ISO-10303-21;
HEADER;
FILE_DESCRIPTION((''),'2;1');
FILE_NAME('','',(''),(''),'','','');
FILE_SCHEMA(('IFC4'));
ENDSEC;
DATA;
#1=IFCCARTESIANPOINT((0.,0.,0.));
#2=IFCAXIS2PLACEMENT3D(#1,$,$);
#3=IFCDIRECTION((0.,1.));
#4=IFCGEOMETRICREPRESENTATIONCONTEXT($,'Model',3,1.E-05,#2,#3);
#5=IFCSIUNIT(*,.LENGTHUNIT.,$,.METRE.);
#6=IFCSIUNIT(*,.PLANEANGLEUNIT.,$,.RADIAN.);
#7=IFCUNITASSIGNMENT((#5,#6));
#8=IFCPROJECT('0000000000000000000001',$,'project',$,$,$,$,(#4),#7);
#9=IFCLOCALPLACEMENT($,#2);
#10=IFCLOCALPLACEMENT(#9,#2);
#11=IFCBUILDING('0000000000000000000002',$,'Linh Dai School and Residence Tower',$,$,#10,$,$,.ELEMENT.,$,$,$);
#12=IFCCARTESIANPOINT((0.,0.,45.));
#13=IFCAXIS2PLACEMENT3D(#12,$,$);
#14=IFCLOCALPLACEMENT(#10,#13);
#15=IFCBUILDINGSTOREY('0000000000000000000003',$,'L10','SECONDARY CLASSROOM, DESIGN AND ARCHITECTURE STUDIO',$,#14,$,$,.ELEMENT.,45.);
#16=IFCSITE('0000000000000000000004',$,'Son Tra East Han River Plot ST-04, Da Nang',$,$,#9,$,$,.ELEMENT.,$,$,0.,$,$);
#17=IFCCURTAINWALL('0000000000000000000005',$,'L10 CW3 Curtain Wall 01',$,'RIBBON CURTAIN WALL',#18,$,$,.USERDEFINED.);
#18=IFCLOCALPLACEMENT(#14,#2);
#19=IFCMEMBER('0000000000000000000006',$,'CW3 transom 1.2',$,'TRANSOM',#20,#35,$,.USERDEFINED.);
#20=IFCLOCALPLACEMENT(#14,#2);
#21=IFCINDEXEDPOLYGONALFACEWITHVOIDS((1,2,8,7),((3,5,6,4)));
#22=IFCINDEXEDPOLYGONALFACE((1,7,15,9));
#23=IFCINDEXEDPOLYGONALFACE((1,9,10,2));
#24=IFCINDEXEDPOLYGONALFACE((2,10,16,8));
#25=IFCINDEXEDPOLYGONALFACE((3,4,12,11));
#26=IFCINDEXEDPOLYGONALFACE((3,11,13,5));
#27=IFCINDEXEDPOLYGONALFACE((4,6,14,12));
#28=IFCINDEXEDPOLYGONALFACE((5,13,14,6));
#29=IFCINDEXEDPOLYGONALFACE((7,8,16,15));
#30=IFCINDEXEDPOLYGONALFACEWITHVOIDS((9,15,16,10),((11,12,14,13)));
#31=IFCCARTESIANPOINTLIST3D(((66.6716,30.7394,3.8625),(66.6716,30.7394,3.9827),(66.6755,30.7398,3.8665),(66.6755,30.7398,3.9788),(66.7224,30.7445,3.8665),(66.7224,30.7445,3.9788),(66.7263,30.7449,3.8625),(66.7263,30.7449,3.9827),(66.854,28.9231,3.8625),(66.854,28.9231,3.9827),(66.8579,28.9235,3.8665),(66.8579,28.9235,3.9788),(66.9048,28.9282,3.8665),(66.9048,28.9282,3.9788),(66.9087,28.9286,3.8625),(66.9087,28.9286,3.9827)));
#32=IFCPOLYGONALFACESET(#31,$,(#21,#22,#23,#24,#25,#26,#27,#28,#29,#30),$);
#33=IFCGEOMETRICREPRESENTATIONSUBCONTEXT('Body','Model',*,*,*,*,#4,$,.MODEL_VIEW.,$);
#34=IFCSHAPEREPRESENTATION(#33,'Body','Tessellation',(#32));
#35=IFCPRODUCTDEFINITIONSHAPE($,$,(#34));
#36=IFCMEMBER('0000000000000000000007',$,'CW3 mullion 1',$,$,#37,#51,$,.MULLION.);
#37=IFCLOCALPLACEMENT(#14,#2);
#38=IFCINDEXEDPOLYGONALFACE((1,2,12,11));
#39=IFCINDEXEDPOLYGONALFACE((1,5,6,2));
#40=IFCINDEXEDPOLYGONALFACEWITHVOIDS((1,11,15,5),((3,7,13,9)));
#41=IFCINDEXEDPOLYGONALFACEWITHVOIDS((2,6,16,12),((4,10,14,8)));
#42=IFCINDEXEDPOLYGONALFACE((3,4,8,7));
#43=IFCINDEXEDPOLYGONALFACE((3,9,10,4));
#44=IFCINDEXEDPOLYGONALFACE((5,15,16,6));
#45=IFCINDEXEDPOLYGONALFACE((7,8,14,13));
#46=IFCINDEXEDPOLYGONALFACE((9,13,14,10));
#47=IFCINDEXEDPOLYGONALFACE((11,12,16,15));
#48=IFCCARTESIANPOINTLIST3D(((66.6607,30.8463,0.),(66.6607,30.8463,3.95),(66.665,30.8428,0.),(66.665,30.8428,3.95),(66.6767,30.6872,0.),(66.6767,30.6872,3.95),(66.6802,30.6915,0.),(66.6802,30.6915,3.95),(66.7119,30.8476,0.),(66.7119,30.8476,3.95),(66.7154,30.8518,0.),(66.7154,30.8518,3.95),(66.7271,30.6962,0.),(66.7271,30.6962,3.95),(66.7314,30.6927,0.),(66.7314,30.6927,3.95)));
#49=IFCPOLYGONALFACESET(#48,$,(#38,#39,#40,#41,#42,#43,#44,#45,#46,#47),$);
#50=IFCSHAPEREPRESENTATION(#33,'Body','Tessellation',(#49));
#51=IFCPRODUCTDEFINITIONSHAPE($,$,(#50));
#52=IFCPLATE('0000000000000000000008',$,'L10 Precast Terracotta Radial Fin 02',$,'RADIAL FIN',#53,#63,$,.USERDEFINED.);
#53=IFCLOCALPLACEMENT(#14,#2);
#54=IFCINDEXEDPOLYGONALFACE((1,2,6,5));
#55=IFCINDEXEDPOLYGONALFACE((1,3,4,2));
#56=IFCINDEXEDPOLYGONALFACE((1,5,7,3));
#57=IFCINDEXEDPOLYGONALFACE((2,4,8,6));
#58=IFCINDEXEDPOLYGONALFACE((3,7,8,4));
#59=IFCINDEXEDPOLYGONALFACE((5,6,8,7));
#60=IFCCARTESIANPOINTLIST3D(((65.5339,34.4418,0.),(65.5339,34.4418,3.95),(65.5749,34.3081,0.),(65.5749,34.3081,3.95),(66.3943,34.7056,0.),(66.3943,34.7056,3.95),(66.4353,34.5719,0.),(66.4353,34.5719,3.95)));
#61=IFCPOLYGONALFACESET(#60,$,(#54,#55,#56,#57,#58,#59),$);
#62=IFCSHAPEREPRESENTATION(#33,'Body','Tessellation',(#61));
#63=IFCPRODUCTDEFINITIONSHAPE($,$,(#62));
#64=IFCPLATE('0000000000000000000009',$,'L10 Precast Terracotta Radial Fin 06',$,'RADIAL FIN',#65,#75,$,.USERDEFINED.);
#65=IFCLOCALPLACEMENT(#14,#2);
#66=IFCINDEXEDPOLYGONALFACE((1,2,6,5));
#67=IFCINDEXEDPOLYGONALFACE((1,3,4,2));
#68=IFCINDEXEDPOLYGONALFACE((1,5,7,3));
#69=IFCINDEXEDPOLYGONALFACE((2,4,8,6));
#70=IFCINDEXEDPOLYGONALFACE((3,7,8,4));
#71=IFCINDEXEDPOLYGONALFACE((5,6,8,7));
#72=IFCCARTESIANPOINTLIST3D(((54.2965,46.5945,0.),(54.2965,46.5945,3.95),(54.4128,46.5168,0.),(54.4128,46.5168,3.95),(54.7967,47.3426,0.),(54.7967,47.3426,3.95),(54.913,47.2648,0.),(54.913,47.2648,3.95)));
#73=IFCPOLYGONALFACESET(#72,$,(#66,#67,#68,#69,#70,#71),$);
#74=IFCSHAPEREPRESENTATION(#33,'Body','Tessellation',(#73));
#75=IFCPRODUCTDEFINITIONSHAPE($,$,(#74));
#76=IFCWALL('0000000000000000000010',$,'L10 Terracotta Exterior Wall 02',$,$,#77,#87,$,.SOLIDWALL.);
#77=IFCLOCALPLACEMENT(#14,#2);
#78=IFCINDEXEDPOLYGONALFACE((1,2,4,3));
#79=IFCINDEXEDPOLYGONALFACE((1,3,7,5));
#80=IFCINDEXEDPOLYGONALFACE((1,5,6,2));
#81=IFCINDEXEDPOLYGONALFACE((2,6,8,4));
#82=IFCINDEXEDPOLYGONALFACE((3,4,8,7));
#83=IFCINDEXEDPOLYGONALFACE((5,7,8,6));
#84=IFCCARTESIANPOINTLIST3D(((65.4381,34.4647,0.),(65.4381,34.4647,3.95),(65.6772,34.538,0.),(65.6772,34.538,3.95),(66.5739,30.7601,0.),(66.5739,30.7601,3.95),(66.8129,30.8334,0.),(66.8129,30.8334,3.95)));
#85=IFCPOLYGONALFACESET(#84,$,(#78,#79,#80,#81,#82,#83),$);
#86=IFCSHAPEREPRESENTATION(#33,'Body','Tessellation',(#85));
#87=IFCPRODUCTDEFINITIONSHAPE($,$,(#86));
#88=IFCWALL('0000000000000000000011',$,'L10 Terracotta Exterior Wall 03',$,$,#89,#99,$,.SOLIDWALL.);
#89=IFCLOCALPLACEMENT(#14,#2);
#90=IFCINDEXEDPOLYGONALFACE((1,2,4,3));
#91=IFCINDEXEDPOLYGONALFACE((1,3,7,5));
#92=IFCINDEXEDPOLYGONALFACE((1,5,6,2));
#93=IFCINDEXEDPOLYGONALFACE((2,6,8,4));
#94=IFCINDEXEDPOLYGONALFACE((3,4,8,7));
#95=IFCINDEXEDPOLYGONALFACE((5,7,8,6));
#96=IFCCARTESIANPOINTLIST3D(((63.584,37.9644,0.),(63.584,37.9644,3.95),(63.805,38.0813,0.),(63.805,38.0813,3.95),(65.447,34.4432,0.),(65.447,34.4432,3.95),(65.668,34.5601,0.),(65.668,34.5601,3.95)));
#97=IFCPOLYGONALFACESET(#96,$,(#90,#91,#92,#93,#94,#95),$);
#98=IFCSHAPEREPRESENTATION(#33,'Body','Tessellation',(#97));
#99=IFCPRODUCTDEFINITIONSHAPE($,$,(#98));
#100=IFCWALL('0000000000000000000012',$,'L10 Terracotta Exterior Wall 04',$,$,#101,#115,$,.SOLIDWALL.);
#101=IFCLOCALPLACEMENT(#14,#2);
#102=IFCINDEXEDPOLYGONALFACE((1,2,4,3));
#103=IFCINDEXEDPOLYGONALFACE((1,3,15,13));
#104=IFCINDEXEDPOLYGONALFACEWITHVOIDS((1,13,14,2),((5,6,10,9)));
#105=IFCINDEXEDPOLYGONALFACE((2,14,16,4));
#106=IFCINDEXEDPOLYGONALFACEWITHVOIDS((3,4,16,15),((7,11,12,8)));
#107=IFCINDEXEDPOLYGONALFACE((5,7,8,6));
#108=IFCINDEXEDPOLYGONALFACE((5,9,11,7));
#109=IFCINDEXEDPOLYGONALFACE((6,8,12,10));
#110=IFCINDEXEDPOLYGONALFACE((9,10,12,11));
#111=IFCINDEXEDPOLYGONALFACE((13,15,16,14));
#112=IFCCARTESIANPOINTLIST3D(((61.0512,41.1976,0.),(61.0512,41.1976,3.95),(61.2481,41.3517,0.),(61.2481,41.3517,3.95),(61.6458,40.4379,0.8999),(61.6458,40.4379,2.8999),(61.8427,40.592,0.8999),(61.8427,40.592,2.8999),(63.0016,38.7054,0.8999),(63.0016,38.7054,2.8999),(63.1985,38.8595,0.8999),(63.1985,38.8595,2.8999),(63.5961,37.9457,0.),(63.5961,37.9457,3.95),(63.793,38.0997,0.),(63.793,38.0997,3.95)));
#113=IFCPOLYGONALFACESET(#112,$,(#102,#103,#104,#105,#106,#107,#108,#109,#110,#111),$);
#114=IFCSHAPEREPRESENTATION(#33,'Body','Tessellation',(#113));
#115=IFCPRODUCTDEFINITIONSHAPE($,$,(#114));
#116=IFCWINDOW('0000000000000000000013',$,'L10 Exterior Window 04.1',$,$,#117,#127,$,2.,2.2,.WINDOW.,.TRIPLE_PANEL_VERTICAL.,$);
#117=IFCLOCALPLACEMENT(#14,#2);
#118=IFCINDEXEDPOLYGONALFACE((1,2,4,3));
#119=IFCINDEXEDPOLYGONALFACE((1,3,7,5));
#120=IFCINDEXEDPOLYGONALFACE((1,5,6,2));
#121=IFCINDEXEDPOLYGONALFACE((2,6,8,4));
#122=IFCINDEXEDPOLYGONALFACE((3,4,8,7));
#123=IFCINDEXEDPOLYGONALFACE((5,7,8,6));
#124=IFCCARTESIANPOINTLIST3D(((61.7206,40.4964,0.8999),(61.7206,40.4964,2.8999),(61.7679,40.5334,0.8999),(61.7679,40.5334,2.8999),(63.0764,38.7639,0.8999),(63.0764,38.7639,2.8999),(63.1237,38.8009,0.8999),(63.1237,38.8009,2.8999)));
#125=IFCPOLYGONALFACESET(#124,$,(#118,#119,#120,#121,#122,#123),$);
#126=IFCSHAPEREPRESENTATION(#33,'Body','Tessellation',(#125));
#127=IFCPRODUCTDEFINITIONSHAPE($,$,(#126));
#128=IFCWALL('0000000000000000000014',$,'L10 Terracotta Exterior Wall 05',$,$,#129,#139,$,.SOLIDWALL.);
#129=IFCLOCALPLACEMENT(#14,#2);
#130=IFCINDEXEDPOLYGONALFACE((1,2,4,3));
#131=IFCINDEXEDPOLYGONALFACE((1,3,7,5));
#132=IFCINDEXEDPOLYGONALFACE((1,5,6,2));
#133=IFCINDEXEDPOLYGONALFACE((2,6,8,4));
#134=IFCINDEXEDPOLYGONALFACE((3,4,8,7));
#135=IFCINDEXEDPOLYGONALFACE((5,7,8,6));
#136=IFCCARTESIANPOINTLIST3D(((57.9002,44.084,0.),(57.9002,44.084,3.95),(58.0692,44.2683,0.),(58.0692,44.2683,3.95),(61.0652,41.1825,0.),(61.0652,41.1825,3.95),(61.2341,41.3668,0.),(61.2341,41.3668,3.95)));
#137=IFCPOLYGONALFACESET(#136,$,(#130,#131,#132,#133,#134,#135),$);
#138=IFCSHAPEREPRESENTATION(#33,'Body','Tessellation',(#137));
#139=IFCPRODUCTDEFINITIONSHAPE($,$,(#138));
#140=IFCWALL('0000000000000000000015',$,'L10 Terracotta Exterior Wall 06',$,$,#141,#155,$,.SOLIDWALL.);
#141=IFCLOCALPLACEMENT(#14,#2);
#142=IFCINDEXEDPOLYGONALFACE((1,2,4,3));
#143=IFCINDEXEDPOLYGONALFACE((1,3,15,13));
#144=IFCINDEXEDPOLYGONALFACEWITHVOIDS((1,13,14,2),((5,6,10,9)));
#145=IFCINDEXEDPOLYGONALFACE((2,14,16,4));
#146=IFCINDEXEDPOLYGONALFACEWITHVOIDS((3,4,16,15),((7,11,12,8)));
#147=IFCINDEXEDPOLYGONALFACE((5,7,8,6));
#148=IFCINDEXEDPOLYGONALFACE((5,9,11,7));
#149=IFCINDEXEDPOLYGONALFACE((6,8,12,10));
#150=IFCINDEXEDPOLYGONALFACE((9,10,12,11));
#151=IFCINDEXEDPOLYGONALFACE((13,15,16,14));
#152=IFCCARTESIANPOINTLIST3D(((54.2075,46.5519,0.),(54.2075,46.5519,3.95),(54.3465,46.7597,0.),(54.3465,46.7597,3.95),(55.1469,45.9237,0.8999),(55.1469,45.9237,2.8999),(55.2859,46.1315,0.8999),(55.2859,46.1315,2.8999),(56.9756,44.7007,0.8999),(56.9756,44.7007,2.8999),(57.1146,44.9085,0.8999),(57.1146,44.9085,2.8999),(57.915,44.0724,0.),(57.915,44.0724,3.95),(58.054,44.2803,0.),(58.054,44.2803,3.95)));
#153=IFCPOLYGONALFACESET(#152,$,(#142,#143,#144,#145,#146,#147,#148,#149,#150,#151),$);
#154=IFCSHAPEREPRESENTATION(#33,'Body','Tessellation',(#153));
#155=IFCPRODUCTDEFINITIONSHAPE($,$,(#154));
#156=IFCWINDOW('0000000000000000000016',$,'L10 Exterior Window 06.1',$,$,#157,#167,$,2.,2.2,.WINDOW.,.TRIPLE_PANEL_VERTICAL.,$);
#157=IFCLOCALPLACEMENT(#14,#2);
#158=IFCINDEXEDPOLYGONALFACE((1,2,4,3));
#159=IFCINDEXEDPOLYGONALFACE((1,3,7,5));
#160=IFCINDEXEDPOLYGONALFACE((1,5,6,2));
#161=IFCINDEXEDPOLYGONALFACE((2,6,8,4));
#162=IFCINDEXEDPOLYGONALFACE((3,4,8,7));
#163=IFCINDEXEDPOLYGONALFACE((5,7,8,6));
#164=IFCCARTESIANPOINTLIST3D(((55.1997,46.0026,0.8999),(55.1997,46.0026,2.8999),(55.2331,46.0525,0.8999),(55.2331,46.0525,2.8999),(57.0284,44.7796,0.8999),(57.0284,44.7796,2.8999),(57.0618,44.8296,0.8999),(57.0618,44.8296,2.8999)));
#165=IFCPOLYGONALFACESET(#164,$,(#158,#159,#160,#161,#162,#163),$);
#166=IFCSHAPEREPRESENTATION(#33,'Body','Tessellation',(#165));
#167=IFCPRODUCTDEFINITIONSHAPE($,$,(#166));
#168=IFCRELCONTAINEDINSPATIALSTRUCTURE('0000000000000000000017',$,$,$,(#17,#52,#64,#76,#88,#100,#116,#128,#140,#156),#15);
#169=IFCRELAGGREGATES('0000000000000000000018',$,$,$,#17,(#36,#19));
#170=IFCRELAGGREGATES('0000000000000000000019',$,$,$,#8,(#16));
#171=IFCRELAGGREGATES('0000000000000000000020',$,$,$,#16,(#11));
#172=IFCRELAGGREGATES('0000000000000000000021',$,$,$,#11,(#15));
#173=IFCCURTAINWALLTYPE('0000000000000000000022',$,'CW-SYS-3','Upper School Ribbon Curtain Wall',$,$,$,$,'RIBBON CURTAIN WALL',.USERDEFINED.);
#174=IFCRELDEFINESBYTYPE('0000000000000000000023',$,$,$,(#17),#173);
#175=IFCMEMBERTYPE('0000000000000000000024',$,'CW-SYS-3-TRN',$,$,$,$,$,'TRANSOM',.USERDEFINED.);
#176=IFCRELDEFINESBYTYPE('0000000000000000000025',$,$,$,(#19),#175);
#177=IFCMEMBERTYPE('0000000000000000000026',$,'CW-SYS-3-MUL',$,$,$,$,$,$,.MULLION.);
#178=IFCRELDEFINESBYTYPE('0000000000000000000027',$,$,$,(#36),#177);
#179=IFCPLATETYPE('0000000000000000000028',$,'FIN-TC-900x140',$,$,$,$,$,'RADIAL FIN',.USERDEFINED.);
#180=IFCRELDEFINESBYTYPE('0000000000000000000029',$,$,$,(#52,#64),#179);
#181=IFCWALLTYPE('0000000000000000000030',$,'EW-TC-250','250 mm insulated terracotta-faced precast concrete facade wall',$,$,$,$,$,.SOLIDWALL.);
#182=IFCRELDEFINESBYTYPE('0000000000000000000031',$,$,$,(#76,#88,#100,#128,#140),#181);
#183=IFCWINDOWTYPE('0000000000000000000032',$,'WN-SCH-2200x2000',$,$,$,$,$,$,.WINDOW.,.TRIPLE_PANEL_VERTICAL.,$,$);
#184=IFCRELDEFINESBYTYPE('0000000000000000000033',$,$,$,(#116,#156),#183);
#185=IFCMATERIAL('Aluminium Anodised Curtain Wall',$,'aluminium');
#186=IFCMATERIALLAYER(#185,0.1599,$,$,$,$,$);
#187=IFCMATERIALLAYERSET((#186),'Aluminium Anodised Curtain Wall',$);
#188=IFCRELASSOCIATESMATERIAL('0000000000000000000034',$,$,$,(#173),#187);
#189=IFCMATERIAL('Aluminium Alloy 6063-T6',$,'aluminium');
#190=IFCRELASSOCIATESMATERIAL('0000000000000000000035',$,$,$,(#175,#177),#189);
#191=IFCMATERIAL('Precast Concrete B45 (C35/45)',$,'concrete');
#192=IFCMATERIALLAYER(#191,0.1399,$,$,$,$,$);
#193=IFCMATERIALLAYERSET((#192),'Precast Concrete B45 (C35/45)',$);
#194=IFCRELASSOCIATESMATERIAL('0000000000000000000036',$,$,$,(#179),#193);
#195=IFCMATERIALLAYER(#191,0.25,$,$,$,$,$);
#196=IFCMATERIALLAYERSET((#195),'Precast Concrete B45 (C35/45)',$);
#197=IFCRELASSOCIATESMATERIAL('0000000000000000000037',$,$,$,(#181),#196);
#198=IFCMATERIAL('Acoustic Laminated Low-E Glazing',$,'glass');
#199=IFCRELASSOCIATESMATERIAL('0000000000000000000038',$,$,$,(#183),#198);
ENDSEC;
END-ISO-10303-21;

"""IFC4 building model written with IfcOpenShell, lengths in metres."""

from ifc_helpers import new_model, si_unit, direction, frame, frame_2d, origin, origin_2d, place, context, subcontext, project, spatial, rectangle, hollow_rectangle, extrude, source, transform, mapped, material, layer, layer_set, material_profile, profile_set, type_object, element, fill, aggregate, save


model = new_model("IFC4")

# Units and contexts
model_context = context("Model", 3, precision=1e-05, world=origin(), true_north=direction((0.0, 1.0)))
body_context = subcontext(model_context, "Body", "Model", "MODEL_VIEW")
ifc_project = project(units=[si_unit("LENGTHUNIT", "METRE"), si_unit("PLANEANGLEUNIT", "RADIAN")], contexts=[model_context])

# Site, building, storey
site_placement = place(None, origin())
site = spatial("IfcSite", under=ifc_project, at=site_placement, Name="Son Tra East Han River Plot ST-04, Da Nang", CompositionType="ELEMENT", RefElevation=0.0)
building_placement = place(site_placement, origin())
building = spatial("IfcBuilding", under=site, at=building_placement, Name="Linh Dai School and Residence Tower", CompositionType="ELEMENT")
storey_placement = place(building_placement, frame((0.0, 0.0, 45.0)))
storey = spatial("IfcBuildingStorey", under=building, at=storey_placement, Name="L10", Description="SECONDARY CLASSROOM, DESIGN AND ARCHITECTURE STUDIO", CompositionType="ELEMENT", Elevation=45.0)

# Curtain wall, members
ifc_material_1 = material(Name="Aluminium Anodised Curtain Wall", Category="aluminium")
ifc_layer_1 = layer(ifc_material_1, 0.1599)
ifc_layer_set_1 = layer_set([ifc_layer_1], Name="Aluminium Anodised Curtain Wall")
curtain_wall_type = type_object("IfcCurtainWallType", Name="CW-SYS-3", Description="Upper School Ribbon Curtain Wall", ElementType="RIBBON CURTAIN WALL", PredefinedType="USERDEFINED", material=ifc_layer_set_1)
curtain_wall_placement = place(storey_placement, origin())
curtain_wall = element("IfcCurtainWall", 1, at=curtain_wall_placement, inside=storey, type_object=curtain_wall_type, Name="L10 CW3 Curtain Wall 01", ObjectType="RIBBON CURTAIN WALL", PredefinedType="USERDEFINED")
ifc_material_2 = material(Name="Aluminium Alloy 6063-T6", Category="aluminium")
ifc_material_profile_1 = material_profile(ifc_material_2, hollow_rectangle(XDim=0.0549, YDim=0.1201, WallThickness=0.0039, at=origin_2d()), Name="RHS 120x55x4")
ifc_profile_set_1 = profile_set([ifc_material_profile_1], Name="Aluminium Alloy 6063-T6")
member_type_1 = type_object("IfcMemberType", Name="CW-SYS-3-TRN", ElementType="TRANSOM", PredefinedType="USERDEFINED", material=ifc_profile_set_1)
shared_shape_1 = source(origin(), body_context, "Body", "SweptSolid", [
    extrude(hollow_rectangle(XDim=0.0549, YDim=0.1201, WallThickness=0.0039, at=origin_2d()), origin(), (0.0, 0.0, 1.0), 1.8254),
])
member_1_placement = place(storey_placement, frame((66.699, 30.7422, 3.9226), z_axis=(0.099901, -0.994997, 0.0), x_axis=(0.994997, 0.099901, 0.0)))
member_1 = element("IfcMember", 2, at=member_1_placement, type_object=member_type_1, Name="CW3 transom 1.2", ObjectType="TRANSOM", PredefinedType="USERDEFINED", context=body_context, shape_type="MappedRepresentation", body=[
    mapped(shared_shape_1, transform((0.0, 0.0, 0.0), x_axis=(1.0, 0.0, 0.0), y_axis=(0.0, 1.0, 0.0), z_axis=(0.0, 0.0, 1.0), scale=1.0)),
])
ifc_material_profile_2 = material_profile(ifc_material_2, hollow_rectangle(XDim=0.0549, YDim=0.1599, WallThickness=0.0039, at=origin_2d()), Name="RHS 160x55x4")
ifc_profile_set_2 = profile_set([ifc_material_profile_2], Name="Aluminium Alloy 6063-T6")
member_type_2 = type_object("IfcMemberType", Name="CW-SYS-3-MUL", PredefinedType="MULLION", material=ifc_profile_set_2)
shared_shape_2 = source(origin(), body_context, "Body", "SweptSolid", [
    extrude(hollow_rectangle(XDim=0.0549, YDim=0.1599, WallThickness=0.0039, at=origin_2d()), origin(), (0.0, 0.0, 1.0), 3.95),
])
member_2_placement = place(storey_placement, frame((66.696, 30.7695, 0.0), z_axis=(0.0, 0.0, 1.0), x_axis=(0.994986, 0.100009, 0.0)))
member_2 = element("IfcMember", 3, at=member_2_placement, type_object=member_type_2, Name="CW3 mullion 1", PredefinedType="MULLION", context=body_context, shape_type="MappedRepresentation", body=[
    mapped(shared_shape_2, transform((0.0, 0.0, 0.0), x_axis=(1.0, 0.0, 0.0), y_axis=(0.0, 1.0, 0.0), z_axis=(0.0, 0.0, 1.0), scale=1.0)),
])
aggregate(curtain_wall, [member_2, member_1])

# Plates
ifc_material_3 = material(Name="Precast Concrete B45 (C35/45)", Category="concrete")
ifc_layer_2 = layer(ifc_material_3, 0.1399)
ifc_layer_set_2 = layer_set([ifc_layer_2], Name="Precast Concrete B45 (C35/45)")
plate_type = type_object("IfcPlateType", Name="FIN-TC-900x140", ElementType="RADIAL FIN", PredefinedType="USERDEFINED", material=ifc_layer_set_2)
shared_shape_3 = source(origin(), body_context, "Body", "SweptSolid", [
    extrude(rectangle(XDim=0.8999, YDim=0.1399, at=origin_2d()), origin(), (0.0, 0.0, 1.0), 3.95),
])
for number, where, z_axis, x_axis, name in (
    (4, (65.9846, 34.5068, 0.0), (0.0, 0.0, 1.0), (0.956068, 0.293146, 0.0), "L10 Precast Terracotta Radial Fin 02"),
    (5, (54.6047, 46.9297, 0.0), (0.0, 0.0, 1.0), (0.555898, 0.831251, 0.0), "L10 Precast Terracotta Radial Fin 06"),
):
    element("IfcPlate", number, at=place(storey_placement, frame(where, z_axis=z_axis, x_axis=x_axis)), inside=storey, type_object=plate_type, Name=name, ObjectType="RADIAL FIN", PredefinedType="USERDEFINED", context=body_context, shape_type="MappedRepresentation", body=[
        mapped(shared_shape_3, transform((0.0, 0.0, 0.0), x_axis=(1.0, 0.0, 0.0), y_axis=(0.0, 1.0, 0.0), z_axis=(0.0, 0.0, 1.0), scale=1.0)),
    ])

# Walls
ifc_layer_3 = layer(ifc_material_3, 0.25)
ifc_layer_set_3 = layer_set([ifc_layer_3], Name="Precast Concrete B45 (C35/45)")
wall_type_1 = type_object("IfcWallType", Name="EW-TC-250", Description="250 mm insulated terracotta-faced precast concrete facade wall", PredefinedType="SOLIDWALL", material=ifc_layer_set_3)
wall_1_placement = place(storey_placement, frame((65.5576, 34.5015, 0.0), z_axis=(0.0, 0.0, 1.0), x_axis=(0.293112, -0.956078, 0.0)))
element("IfcWall", 6, at=wall_1_placement, inside=storey, type_object=wall_type_1, Name="L10 Terracotta Exterior Wall 02", PredefinedType="SOLIDWALL", context=body_context, shape_type="SweptSolid", body=[
    extrude(rectangle(XDim=3.8748, YDim=0.25, at=frame_2d((1.9375, 0.0))), origin(), (0.0, 0.0, 1.0), 3.95),
])
wall_2_placement = place(storey_placement, frame((63.6946, 38.0227, 0.0), z_axis=(0.0, 0.0, 1.0), x_axis=(0.467662, -0.883907, 0.0)))
element("IfcWall", 7, at=wall_2_placement, inside=storey, type_object=wall_type_1, Name="L10 Terracotta Exterior Wall 03", PredefinedType="SOLIDWALL", context=body_context, shape_type="SweptSolid", body=[
    extrude(rectangle(XDim=3.9836, YDim=0.25, at=frame_2d((1.9917, 0.0))), origin(), (0.0, 0.0, 1.0), 3.95),
])

# Wall, opening, window
wall_3_placement = place(storey_placement, frame((61.1497, 41.2747, 0.0), z_axis=(0.0, 0.0, 1.0), x_axis=(0.616296, -0.787515, 0.0)))
wall_3 = element("IfcWall", 8, at=wall_3_placement, inside=storey, type_object=wall_type_1, Name="L10 Terracotta Exterior Wall 04", PredefinedType="SOLIDWALL", context=body_context, shape_type="SweptSolid", body=[
    extrude(rectangle(XDim=4.1294, YDim=0.25, at=frame_2d((2.0647, 0.0))), origin(), (0.0, 0.0, 1.0), 3.95),
])
opening_1_placement = place(wall_3_placement, frame((0.9646, 0.0, 0.8999)))
opening_1 = element("IfcOpeningElement", 9, at=opening_1_placement, cuts=wall_3, PredefinedType="OPENING", context=body_context, shape_type="SweptSolid", body=[
    extrude(rectangle(XDim=2.2, YDim=2.0, at=origin_2d()), frame((1.1001, 0.135, 1.0), z_axis=(0.0, -1.0, 0.0), x_axis=(1.0, 0.0, 0.0)), (0.0, 0.0, 1.0), 0.27),
])
ifc_material_4 = material(Name="Acoustic Laminated Low-E Glazing", Category="glass")
window_type = type_object("IfcWindowType", Name="WN-SCH-2200x2000", PartitioningType="TRIPLE_PANEL_VERTICAL", PredefinedType="WINDOW", material=ifc_material_4)
shared_shape_4 = source(origin(), body_context, "Body", "SweptSolid", [
    extrude(rectangle(XDim=2.2, YDim=2.0, at=origin_2d()), frame((1.1001, 0.03, 1.0), z_axis=(0.0, -1.0, 0.0), x_axis=(1.0, 0.0, 0.0)), (0.0, 0.0, 1.0), 0.0601),
])
window_1_placement = place(opening_1_placement, origin())
window_1 = element("IfcWindow", 10, at=window_1_placement, inside=storey, type_object=window_type, Name="L10 Exterior Window 04.1", OverallHeight=2.0, OverallWidth=2.2, PartitioningType="TRIPLE_PANEL_VERTICAL", PredefinedType="WINDOW", context=body_context, shape_type="MappedRepresentation", body=[
    mapped(shared_shape_4, transform((0.0, 0.0, 0.0), x_axis=(1.0, 0.0, 0.0), y_axis=(0.0, 1.0, 0.0), z_axis=(0.0, 0.0, 1.0), scale=1.0)),
])
fill(opening_1, window_1)

# Wall
wall_4_placement = place(storey_placement, frame((57.9846, 44.1763, 0.0), z_axis=(0.0, 0.0, 1.0), x_axis=(0.737116, -0.675766, 0.0)))
element("IfcWall", 11, at=wall_4_placement, inside=storey, type_object=wall_type_1, Name="L10 Terracotta Exterior Wall 05", PredefinedType="SOLIDWALL", context=body_context, shape_type="SweptSolid", body=[
    extrude(rectangle(XDim=4.2937, YDim=0.25, at=frame_2d((2.147, 0.0))), origin(), (0.0, 0.0, 1.0), 3.95),
])

# Wall, opening, window
wall_5_placement = place(storey_placement, frame((54.2771, 46.6558, 0.0), z_axis=(0.0, 0.0, 1.0), x_axis=(0.831241, -0.555912, 0.0)))
wall_5 = element("IfcWall", 12, at=wall_5_placement, inside=storey, type_object=wall_type_1, Name="L10 Terracotta Exterior Wall 06", PredefinedType="SOLIDWALL", context=body_context, shape_type="SweptSolid", body=[
    extrude(rectangle(XDim=4.4602, YDim=0.25, at=frame_2d((2.23, 0.0))), origin(), (0.0, 0.0, 1.0), 3.95),
])
opening_2_placement = place(wall_5_placement, frame((1.1299, 0.0, 0.8999)))
opening_2 = element("IfcOpeningElement", 13, at=opening_2_placement, cuts=wall_5, PredefinedType="OPENING", context=body_context, shape_type="SweptSolid", body=[
    extrude(rectangle(XDim=2.2, YDim=2.0, at=origin_2d()), frame((1.1001, 0.135, 1.0), z_axis=(0.0, -1.0, 0.0), x_axis=(1.0, 0.0, 0.0)), (0.0, 0.0, 1.0), 0.27),
])
window_2_placement = place(opening_2_placement, origin())
window_2 = element("IfcWindow", 14, at=window_2_placement, inside=storey, type_object=window_type, Name="L10 Exterior Window 06.1", OverallHeight=2.0, OverallWidth=2.2, PartitioningType="TRIPLE_PANEL_VERTICAL", PredefinedType="WINDOW", context=body_context, shape_type="MappedRepresentation", body=[
    mapped(shared_shape_4, transform((0.0, 0.0, 0.0), x_axis=(1.0, 0.0, 0.0), y_axis=(0.0, 1.0, 0.0), z_axis=(0.0, 0.0, 1.0), scale=1.0)),
])
fill(opening_2, window_2)

save(model, "model.ifc")
